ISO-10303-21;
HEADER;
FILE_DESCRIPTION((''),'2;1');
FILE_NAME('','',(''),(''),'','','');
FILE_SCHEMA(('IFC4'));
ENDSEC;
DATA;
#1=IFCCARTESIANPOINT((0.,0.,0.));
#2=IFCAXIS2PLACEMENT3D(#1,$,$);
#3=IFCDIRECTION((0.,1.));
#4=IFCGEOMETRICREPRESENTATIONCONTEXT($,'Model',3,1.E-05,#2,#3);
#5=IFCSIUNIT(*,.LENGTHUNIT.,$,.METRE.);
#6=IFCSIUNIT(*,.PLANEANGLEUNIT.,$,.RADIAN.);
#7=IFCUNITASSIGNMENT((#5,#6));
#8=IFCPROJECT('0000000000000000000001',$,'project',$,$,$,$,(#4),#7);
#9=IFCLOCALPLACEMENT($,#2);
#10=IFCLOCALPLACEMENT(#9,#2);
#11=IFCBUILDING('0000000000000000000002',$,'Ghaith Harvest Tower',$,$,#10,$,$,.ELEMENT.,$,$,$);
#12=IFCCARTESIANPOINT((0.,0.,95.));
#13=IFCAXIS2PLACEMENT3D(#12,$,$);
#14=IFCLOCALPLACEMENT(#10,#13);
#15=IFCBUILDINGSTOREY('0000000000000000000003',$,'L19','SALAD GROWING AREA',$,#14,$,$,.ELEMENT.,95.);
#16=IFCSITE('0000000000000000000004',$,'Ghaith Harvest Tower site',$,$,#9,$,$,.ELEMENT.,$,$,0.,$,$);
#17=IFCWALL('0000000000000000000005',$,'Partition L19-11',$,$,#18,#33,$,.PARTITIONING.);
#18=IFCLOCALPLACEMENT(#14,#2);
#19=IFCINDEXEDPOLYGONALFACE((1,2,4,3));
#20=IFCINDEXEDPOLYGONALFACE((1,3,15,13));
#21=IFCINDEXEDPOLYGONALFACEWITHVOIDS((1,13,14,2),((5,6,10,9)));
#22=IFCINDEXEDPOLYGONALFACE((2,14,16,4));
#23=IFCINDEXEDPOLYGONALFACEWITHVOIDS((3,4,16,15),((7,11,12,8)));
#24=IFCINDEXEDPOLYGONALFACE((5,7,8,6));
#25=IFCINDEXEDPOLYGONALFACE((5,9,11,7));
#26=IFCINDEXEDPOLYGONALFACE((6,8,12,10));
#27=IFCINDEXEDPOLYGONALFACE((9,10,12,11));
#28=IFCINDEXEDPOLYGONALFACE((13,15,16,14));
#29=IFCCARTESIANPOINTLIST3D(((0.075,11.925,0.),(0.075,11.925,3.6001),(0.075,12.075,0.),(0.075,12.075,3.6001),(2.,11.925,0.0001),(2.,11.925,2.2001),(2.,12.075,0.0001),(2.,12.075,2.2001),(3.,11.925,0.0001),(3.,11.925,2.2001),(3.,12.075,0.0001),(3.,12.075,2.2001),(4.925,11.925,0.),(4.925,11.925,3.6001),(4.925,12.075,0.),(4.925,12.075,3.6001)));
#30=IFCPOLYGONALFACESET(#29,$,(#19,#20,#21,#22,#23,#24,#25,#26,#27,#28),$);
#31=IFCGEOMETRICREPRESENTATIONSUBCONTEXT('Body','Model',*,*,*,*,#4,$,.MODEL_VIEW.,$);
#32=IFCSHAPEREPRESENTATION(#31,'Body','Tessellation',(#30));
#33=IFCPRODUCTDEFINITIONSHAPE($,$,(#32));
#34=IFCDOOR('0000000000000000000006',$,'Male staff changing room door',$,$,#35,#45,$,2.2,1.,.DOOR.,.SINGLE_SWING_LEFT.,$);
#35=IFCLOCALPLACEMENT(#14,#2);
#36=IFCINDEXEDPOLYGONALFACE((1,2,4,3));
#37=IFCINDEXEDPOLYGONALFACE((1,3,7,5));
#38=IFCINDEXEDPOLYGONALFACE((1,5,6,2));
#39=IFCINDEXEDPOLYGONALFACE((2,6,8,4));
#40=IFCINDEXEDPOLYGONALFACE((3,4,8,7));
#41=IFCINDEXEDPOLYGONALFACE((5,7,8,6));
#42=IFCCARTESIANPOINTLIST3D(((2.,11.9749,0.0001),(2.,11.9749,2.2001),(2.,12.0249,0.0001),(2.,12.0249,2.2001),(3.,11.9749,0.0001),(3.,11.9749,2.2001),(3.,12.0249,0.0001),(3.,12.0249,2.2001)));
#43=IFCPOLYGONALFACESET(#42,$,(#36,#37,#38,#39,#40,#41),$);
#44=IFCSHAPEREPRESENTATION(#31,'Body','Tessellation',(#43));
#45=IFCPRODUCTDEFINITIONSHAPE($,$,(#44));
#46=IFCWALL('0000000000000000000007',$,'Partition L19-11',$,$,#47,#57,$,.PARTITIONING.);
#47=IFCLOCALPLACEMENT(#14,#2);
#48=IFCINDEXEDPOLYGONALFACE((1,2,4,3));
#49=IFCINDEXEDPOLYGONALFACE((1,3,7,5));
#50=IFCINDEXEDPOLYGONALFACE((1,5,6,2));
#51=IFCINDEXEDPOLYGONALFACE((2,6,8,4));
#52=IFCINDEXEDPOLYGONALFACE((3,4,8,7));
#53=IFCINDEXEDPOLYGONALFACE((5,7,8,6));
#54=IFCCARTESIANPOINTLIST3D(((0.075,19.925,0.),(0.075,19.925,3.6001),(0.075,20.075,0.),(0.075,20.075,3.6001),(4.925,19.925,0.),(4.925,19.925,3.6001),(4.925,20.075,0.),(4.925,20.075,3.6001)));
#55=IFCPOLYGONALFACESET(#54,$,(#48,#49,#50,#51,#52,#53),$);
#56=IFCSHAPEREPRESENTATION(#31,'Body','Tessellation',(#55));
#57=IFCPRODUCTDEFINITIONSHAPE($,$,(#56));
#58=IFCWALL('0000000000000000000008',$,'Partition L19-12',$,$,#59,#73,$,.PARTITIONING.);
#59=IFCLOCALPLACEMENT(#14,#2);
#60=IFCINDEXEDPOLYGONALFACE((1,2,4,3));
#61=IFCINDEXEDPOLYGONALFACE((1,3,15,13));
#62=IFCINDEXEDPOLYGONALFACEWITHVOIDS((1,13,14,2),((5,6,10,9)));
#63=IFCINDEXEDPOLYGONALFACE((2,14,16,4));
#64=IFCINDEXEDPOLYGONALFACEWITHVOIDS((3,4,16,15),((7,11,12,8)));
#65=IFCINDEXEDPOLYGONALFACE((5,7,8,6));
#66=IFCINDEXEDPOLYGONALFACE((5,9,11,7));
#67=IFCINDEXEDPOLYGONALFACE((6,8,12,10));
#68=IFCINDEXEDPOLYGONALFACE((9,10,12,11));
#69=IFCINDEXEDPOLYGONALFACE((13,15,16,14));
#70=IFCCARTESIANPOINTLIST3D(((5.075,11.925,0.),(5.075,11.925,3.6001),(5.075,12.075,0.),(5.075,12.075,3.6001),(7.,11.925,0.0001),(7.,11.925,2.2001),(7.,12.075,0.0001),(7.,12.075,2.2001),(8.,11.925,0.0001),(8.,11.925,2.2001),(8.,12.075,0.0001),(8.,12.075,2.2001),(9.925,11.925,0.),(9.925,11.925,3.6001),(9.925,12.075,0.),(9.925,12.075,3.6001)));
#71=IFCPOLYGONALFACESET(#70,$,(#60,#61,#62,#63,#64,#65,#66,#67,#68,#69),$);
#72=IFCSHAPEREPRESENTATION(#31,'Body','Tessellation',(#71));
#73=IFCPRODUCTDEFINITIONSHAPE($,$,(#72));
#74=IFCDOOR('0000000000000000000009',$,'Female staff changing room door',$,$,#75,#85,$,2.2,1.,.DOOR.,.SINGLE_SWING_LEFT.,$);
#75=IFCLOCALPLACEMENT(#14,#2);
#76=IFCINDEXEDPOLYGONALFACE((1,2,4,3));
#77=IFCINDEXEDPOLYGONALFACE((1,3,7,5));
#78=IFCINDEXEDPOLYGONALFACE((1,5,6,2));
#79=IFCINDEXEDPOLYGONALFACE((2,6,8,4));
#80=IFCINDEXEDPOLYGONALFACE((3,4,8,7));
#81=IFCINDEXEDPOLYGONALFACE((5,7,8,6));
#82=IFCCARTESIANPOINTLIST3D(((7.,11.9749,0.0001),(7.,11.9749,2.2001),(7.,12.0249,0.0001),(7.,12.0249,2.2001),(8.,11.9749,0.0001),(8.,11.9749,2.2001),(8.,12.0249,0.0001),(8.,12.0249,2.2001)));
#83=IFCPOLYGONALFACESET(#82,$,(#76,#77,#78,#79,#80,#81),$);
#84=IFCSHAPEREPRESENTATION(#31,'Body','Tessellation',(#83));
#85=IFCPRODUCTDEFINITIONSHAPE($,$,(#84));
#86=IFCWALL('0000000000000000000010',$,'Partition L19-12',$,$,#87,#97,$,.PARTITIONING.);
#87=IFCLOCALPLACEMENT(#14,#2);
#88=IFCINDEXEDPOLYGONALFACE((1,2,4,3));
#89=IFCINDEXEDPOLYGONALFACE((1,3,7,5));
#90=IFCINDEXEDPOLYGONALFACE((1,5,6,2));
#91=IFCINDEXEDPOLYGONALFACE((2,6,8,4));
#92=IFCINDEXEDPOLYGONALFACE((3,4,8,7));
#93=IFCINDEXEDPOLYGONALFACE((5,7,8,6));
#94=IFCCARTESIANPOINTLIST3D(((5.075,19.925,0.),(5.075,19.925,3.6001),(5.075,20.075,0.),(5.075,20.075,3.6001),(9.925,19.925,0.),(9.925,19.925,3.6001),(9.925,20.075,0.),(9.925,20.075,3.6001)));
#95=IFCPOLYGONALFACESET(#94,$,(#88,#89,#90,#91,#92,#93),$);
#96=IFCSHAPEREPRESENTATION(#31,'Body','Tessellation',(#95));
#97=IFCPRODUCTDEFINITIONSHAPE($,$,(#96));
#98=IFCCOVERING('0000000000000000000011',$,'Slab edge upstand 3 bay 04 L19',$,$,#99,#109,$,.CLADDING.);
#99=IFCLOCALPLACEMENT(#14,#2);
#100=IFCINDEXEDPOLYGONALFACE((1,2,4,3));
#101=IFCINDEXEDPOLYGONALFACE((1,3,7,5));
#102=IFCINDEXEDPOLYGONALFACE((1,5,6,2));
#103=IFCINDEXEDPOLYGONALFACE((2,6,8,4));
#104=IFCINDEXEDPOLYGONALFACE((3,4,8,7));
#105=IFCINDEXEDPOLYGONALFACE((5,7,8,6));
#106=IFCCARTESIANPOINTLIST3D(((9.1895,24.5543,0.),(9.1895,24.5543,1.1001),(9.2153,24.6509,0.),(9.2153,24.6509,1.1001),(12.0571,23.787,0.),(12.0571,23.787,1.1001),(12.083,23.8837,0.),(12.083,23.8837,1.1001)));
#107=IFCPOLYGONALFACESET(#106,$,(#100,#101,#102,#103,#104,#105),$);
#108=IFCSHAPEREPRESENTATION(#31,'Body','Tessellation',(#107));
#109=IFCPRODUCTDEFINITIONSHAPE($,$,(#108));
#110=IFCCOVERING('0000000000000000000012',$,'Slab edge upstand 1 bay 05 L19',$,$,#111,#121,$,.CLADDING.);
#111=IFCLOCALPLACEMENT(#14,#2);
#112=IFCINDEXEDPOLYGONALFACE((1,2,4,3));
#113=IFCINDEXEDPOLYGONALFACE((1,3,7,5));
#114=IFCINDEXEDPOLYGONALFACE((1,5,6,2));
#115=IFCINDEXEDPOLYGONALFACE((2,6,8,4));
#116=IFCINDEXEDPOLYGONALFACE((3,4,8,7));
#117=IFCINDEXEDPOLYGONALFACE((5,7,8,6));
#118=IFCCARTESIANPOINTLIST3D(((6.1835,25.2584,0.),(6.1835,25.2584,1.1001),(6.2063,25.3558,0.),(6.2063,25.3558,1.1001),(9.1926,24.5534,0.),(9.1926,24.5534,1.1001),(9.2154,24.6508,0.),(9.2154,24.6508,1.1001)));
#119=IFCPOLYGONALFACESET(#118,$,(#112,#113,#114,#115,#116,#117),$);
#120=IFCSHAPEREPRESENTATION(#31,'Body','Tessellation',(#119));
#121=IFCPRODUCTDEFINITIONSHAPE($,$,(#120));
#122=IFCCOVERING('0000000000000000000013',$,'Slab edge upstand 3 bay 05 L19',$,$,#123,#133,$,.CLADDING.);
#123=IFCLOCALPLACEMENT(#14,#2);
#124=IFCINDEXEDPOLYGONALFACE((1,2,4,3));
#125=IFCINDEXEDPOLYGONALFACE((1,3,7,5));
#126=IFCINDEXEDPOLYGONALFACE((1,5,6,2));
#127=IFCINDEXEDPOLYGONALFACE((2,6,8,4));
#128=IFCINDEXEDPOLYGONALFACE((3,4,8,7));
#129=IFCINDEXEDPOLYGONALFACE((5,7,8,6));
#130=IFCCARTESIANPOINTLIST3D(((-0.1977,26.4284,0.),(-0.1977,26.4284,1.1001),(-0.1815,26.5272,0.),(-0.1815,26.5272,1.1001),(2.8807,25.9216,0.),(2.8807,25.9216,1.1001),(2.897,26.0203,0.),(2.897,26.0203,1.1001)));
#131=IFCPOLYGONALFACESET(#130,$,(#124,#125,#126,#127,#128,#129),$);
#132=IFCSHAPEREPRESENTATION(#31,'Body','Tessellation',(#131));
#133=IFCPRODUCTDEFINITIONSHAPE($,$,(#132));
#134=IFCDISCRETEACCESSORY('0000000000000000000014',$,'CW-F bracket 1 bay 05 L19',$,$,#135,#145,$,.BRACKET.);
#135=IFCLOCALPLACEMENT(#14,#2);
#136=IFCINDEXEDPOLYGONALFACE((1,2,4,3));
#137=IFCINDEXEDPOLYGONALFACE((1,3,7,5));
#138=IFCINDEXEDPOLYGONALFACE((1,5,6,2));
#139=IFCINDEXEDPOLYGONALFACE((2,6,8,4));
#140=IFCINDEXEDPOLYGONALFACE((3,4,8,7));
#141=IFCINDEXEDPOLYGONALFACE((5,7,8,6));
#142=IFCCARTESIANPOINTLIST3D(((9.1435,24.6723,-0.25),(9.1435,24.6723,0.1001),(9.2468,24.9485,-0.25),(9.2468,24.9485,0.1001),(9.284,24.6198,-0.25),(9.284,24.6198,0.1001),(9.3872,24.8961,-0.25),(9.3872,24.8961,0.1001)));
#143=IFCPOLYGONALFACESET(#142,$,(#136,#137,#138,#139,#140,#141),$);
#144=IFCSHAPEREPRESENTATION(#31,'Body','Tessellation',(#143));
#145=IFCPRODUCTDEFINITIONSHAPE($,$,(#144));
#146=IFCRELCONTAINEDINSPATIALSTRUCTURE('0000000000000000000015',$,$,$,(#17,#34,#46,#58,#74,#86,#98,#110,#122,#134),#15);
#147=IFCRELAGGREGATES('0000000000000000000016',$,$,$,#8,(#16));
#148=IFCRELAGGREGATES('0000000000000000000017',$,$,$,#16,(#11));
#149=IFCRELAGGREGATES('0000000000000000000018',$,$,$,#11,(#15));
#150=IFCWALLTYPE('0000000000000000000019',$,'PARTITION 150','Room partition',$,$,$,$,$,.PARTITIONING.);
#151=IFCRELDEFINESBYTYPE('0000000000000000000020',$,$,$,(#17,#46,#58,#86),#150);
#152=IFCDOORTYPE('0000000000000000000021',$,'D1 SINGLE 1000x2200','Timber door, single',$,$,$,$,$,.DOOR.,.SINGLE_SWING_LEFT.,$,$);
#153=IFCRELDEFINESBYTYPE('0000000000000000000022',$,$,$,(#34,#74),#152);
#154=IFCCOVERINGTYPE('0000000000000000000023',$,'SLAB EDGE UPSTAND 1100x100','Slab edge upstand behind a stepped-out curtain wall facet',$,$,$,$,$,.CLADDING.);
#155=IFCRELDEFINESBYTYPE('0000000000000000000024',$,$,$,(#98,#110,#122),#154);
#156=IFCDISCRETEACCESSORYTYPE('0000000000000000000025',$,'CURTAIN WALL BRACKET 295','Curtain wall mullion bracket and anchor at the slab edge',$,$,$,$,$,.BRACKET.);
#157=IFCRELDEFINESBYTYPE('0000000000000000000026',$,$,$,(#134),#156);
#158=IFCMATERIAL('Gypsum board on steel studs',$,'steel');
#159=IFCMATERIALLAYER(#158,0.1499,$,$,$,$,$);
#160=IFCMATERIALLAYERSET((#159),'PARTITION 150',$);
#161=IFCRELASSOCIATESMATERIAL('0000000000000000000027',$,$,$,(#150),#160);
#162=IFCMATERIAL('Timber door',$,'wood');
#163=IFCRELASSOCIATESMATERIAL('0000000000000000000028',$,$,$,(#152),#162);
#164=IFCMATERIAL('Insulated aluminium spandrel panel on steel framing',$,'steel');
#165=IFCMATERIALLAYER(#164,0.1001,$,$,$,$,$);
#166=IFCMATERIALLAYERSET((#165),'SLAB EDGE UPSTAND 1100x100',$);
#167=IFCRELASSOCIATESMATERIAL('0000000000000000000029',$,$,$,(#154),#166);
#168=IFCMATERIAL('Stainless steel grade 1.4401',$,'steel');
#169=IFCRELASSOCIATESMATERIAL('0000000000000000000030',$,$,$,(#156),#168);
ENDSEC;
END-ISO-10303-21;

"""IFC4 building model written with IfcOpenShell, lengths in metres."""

from ifc_helpers import new_model, si_unit, direction, frame, frame_2d, origin, origin_2d, place, context, subcontext, project, spatial, rectangle, extrude, material, layer, layer_set, type_object, element, fill, save


model = new_model("IFC4")

# Units and contexts
model_context = context("Model", 3, precision=1e-05, world=origin(), true_north=direction((0.0, 1.0)))
body_context = subcontext(model_context, "Body", "Model", "MODEL_VIEW")
ifc_project = project(units=[si_unit("LENGTHUNIT", "METRE"), si_unit("PLANEANGLEUNIT", "RADIAN")], contexts=[model_context])

# Site, building, storey
site_placement = place(None, origin())
site = spatial("IfcSite", under=ifc_project, at=site_placement, Name="Ghaith Harvest Tower site", CompositionType="ELEMENT", RefElevation=0.0)
building_placement = place(site_placement, origin())
building = spatial("IfcBuilding", under=site, at=building_placement, Name="Ghaith Harvest Tower", CompositionType="ELEMENT")
storey_placement = place(building_placement, frame((0.0, 0.0, 95.0)))
storey = spatial("IfcBuildingStorey", under=building, at=storey_placement, Name="L19", Description="SALAD GROWING AREA", CompositionType="ELEMENT", Elevation=95.0)

# Shared definitions
ifc_material_1 = material(Name="Gypsum board on steel studs", Category="steel")
ifc_layer_1 = layer(ifc_material_1, 0.1499)
ifc_layer_set_1 = layer_set([ifc_layer_1], Name="PARTITION 150")
wall_type_1 = type_object("IfcWallType", Name="PARTITION 150", Description="Room partition", PredefinedType="PARTITIONING", material=ifc_layer_set_1)

# Wall, opening, door
wall_1_placement = place(storey_placement, frame((0.075, 12.0, 0.0), z_axis=(0.0, 0.0, 1.0), x_axis=(1.0, 0.0, 0.0)))
wall_1 = element("IfcWall", 1, at=wall_1_placement, inside=storey, type_object=wall_type_1, Name="Partition L19-11", PredefinedType="PARTITIONING", context=body_context, shape_type="SweptSolid", body=[
    extrude(rectangle(XDim=4.8501, YDim=0.1499, at=frame_2d((2.425, 0.0))), origin(), (0.0, 0.0, 1.0), 3.6001),
])
opening_1_placement = place(wall_1_placement, frame((1.925, 0.0, 0.0)))
opening_1 = element("IfcOpeningElement", 2, at=opening_1_placement, cuts=wall_1, PredefinedType="OPENING", context=body_context, shape_type="SweptSolid", body=[
    extrude(rectangle(XDim=1.0, YDim=2.2, at=frame_2d((0.5, 1.1001))), frame((0.0, 0.085, 0.0), z_axis=(0.0, -1.0, 0.0), x_axis=(1.0, 0.0, 0.0)), (0.0, 0.0, 1.0), 0.1699),
])
ifc_material_2 = material(Name="Timber door", Category="wood")
door_type_1 = type_object("IfcDoorType", Name="D1 SINGLE 1000x2200", Description="Timber door, single", OperationType="SINGLE_SWING_LEFT", PredefinedType="DOOR", material=ifc_material_2)
door_1_placement = place(opening_1_placement, origin())
door_1 = element("IfcDoor", 3, at=door_1_placement, inside=storey, type_object=door_type_1, Name="Male staff changing room door", OperationType="SINGLE_SWING_LEFT", OverallHeight=2.2, OverallWidth=1.0, PredefinedType="DOOR", context=body_context, shape_type="SweptSolid", body=[
    extrude(rectangle(XDim=1.0, YDim=2.2, at=frame_2d((0.5, 1.1001))), frame((0.0, 0.0249, 0.0), z_axis=(0.0, -1.0, 0.0), x_axis=(1.0, 0.0, 0.0)), (0.0, 0.0, 1.0), 0.05),
])
fill(opening_1, door_1)

# Wall
wall_2_placement = place(storey_placement, frame((0.075, 20.0, 0.0), z_axis=(0.0, 0.0, 1.0), x_axis=(1.0, 0.0, 0.0)))
element("IfcWall", 4, at=wall_2_placement, inside=storey, type_object=wall_type_1, Name="Partition L19-11", PredefinedType="PARTITIONING", context=body_context, shape_type="SweptSolid", body=[
    extrude(rectangle(XDim=4.8501, YDim=0.1499, at=frame_2d((2.425, 0.0))), origin(), (0.0, 0.0, 1.0), 3.6001),
])

# Wall, opening, door
wall_3_placement = place(storey_placement, frame((5.075, 12.0, 0.0), z_axis=(0.0, 0.0, 1.0), x_axis=(1.0, 0.0, 0.0)))
wall_3 = element("IfcWall", 5, at=wall_3_placement, inside=storey, type_object=wall_type_1, Name="Partition L19-12", PredefinedType="PARTITIONING", context=body_context, shape_type="SweptSolid", body=[
    extrude(rectangle(XDim=4.8501, YDim=0.1499, at=frame_2d((2.425, 0.0))), origin(), (0.0, 0.0, 1.0), 3.6001),
])
opening_2_placement = place(wall_3_placement, frame((1.925, 0.0, 0.0)))
opening_2 = element("IfcOpeningElement", 6, at=opening_2_placement, cuts=wall_3, PredefinedType="OPENING", context=body_context, shape_type="SweptSolid", body=[
    extrude(rectangle(XDim=1.0, YDim=2.2, at=frame_2d((0.5, 1.1001))), frame((0.0, 0.085, 0.0), z_axis=(0.0, -1.0, 0.0), x_axis=(1.0, 0.0, 0.0)), (0.0, 0.0, 1.0), 0.1699),
])
door_2_placement = place(opening_2_placement, origin())
door_2 = element("IfcDoor", 7, at=door_2_placement, inside=storey, type_object=door_type_1, Name="Female staff changing room door", OperationType="SINGLE_SWING_LEFT", OverallHeight=2.2, OverallWidth=1.0, PredefinedType="DOOR", context=body_context, shape_type="SweptSolid", body=[
    extrude(rectangle(XDim=1.0, YDim=2.2, at=frame_2d((0.5, 1.1001))), frame((0.0, 0.0249, 0.0), z_axis=(0.0, -1.0, 0.0), x_axis=(1.0, 0.0, 0.0)), (0.0, 0.0, 1.0), 0.05),
])
fill(opening_2, door_2)

# Wall
wall_4_placement = place(storey_placement, frame((5.075, 20.0, 0.0), z_axis=(0.0, 0.0, 1.0), x_axis=(1.0, 0.0, 0.0)))
element("IfcWall", 8, at=wall_4_placement, inside=storey, type_object=wall_type_1, Name="Partition L19-12", PredefinedType="PARTITIONING", context=body_context, shape_type="SweptSolid", body=[
    extrude(rectangle(XDim=4.8501, YDim=0.1499, at=frame_2d((2.425, 0.0))), origin(), (0.0, 0.0, 1.0), 3.6001),
])

# Coverings
ifc_material_3 = material(Name="Insulated aluminium spandrel panel on steel framing", Category="steel")
ifc_layer_2 = layer(ifc_material_3, 0.1001)
ifc_layer_set_2 = layer_set([ifc_layer_2], Name="SLAB EDGE UPSTAND 1100x100")
covering_type = type_object("IfcCoveringType", Name="SLAB EDGE UPSTAND 1100x100", Description="Slab edge upstand behind a stepped-out curtain wall facet", PredefinedType="CLADDING", material=ifc_layer_set_2)
covering_1_placement = place(storey_placement, frame((10.6362, 24.219, 0.0), z_axis=(0.0, 0.0, 1.0), x_axis=(-0.966024, 0.258451, 0.0)))
element("IfcCovering", 9, at=covering_1_placement, inside=storey, type_object=covering_type, Name="Slab edge upstand 3 bay 04 L19", PredefinedType="CLADDING", context=body_context, shape_type="SweptSolid", body=[
    extrude(rectangle(XDim=2.9685, YDim=0.1001, at=origin_2d()), origin(), (0.0, 0.0, 1.0), 1.1001),
])
covering_2_placement = place(storey_placement, frame((7.6995, 24.9546, 0.0), z_axis=(0.0, 0.0, 1.0), x_axis=(-0.973634, 0.228115, 0.0)))
element("IfcCovering", 10, at=covering_2_placement, inside=storey, type_object=covering_type, Name="Slab edge upstand 1 bay 05 L19", PredefinedType="CLADDING", context=body_context, shape_type="SweptSolid", body=[
    extrude(rectangle(XDim=3.0906, YDim=0.1001, at=origin_2d()), origin(), (0.0, 0.0, 1.0), 1.1001),
])
covering_3_placement = place(storey_placement, frame((1.3496, 26.2244, 0.0), z_axis=(0.0, 0.0, 1.0), x_axis=(-0.986716, 0.162453, 0.0)))
element("IfcCovering", 11, at=covering_3_placement, inside=storey, type_object=covering_type, Name="Slab edge upstand 3 bay 05 L19", PredefinedType="CLADDING", context=body_context, shape_type="SweptSolid", body=[
    extrude(rectangle(XDim=3.1199, YDim=0.1001, at=origin_2d()), origin(), (0.0, 0.0, 1.0), 1.1001),
])

# Discrete accessory
ifc_material_4 = material(Name="Stainless steel grade 1.4401", Category="steel")
discrete_accessory_type = type_object("IfcDiscreteAccessoryType", Name="CURTAIN WALL BRACKET 295", Description="Curtain wall mullion bracket and anchor at the slab edge", PredefinedType="BRACKET", material=ifc_material_4)
discrete_accessory_placement = place(storey_placement, frame((9.2654, 24.7842, -0.25), z_axis=(0.0, 0.0, 1.0), x_axis=(0.350168, 0.936687, 0.0)))
element("IfcDiscreteAccessory", 12, at=discrete_accessory_placement, inside=storey, type_object=discrete_accessory_type, Name="CW-F bracket 1 bay 05 L19", PredefinedType="BRACKET", context=body_context, shape_type="SweptSolid", body=[
    extrude(rectangle(XDim=0.2949, YDim=0.1499, at=origin_2d()), origin(), (0.0, 0.0, 1.0), 0.3501),
])

save(model, "model.ifc")
